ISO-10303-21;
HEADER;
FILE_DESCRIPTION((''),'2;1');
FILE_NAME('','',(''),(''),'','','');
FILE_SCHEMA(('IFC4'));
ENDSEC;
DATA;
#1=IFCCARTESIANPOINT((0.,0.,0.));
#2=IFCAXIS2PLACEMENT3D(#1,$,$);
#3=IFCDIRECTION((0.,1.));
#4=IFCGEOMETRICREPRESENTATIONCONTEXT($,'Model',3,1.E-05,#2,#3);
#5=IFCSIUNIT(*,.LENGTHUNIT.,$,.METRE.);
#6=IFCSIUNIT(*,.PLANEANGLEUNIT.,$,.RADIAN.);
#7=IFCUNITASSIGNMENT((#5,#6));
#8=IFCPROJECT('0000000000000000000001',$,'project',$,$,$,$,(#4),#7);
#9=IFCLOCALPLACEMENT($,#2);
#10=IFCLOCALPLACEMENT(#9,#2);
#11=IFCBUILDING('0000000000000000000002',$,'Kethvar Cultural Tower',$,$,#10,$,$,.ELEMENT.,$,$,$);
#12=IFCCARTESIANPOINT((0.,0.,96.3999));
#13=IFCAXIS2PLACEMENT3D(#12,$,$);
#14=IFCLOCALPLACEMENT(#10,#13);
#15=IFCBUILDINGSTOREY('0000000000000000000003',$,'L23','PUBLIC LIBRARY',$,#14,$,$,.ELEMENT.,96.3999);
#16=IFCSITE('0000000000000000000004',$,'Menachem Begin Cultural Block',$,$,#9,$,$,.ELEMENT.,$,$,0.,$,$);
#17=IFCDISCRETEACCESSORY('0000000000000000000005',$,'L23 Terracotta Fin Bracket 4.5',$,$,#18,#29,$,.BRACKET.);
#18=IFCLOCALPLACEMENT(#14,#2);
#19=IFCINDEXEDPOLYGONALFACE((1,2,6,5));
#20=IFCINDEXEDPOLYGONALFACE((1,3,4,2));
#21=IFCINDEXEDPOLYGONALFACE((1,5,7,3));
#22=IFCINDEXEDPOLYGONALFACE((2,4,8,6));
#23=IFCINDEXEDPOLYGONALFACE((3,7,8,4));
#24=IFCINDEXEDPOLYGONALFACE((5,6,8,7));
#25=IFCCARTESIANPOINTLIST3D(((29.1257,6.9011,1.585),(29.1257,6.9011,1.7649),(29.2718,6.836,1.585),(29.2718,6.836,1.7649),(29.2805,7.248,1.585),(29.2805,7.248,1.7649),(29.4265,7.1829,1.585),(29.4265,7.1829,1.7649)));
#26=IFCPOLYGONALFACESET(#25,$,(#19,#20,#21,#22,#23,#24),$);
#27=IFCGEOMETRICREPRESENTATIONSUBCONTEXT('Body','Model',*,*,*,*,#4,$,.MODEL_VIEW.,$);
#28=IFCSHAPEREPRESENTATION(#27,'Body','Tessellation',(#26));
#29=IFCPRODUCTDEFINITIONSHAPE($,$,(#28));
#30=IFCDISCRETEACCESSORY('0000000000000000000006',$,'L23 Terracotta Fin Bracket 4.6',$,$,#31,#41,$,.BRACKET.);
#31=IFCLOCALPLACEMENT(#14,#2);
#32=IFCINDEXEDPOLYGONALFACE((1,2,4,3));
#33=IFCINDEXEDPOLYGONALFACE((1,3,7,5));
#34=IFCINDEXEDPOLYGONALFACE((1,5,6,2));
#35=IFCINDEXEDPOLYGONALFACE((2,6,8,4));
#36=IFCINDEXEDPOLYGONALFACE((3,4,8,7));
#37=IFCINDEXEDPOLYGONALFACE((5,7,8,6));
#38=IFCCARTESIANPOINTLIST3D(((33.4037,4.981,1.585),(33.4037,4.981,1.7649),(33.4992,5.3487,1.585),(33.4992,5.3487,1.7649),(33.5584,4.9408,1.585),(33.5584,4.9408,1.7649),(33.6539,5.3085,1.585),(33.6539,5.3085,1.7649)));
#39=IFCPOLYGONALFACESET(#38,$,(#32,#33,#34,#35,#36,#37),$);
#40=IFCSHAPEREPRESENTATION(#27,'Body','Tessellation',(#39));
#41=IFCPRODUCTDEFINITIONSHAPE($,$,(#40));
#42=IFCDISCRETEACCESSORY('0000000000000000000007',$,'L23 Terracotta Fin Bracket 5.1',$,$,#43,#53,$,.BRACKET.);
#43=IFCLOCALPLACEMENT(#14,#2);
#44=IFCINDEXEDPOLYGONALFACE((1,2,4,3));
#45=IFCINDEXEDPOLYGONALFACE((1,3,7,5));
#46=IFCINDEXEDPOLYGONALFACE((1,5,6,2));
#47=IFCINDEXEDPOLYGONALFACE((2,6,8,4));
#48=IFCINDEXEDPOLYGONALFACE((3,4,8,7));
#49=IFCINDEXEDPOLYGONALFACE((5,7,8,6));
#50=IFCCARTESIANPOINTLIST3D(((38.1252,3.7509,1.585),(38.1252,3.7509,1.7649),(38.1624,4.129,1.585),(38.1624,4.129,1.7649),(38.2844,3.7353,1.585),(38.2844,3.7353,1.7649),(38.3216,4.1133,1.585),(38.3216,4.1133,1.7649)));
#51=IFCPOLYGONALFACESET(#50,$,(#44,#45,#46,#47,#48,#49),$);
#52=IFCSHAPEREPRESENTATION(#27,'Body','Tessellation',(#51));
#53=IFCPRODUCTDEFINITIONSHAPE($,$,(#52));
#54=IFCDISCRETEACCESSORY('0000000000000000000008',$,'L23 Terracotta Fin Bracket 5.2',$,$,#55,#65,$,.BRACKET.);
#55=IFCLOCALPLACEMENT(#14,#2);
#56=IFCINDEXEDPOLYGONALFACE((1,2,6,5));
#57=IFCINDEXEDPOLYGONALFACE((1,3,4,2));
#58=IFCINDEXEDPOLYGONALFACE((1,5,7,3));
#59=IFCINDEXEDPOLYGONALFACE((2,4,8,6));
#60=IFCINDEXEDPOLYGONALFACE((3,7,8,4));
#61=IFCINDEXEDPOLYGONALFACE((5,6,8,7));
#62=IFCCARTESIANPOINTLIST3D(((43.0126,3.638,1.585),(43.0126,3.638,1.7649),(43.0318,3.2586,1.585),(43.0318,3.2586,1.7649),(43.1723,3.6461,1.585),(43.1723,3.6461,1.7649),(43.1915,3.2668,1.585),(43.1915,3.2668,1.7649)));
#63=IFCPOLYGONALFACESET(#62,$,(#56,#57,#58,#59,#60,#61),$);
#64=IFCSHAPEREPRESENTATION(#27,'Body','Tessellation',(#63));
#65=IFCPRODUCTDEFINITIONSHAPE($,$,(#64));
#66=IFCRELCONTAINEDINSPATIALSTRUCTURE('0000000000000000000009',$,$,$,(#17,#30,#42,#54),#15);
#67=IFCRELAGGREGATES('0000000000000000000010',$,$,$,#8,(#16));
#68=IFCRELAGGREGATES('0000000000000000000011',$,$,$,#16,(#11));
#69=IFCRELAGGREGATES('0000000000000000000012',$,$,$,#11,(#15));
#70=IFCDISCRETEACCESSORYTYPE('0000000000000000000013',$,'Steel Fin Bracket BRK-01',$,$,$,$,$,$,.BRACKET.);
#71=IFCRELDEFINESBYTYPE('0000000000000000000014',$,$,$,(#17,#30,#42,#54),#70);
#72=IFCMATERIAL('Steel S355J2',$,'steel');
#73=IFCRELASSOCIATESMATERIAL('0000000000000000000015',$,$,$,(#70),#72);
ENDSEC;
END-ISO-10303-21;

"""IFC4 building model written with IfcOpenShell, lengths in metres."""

from ifc_helpers import new_model, si_unit, direction, frame, origin, origin_2d, place, context, subcontext, project, spatial, rectangle, extrude, source, transform, mapped, material, type_object, element, save


model = new_model("IFC4")

# Units and contexts
model_context = context("Model", 3, precision=1e-05, world=origin(), true_north=direction((0.0, 1.0)))
body_context = subcontext(model_context, "Body", "Model", "MODEL_VIEW")
ifc_project = project(units=[si_unit("LENGTHUNIT", "METRE"), si_unit("PLANEANGLEUNIT", "RADIAN")], contexts=[model_context])

# Site, building, storey
site_placement = place(None, origin())
site = spatial("IfcSite", under=ifc_project, at=site_placement, Name="Menachem Begin Cultural Block", CompositionType="ELEMENT", RefElevation=0.0)
building_placement = place(site_placement, origin())
building = spatial("IfcBuilding", under=site, at=building_placement, Name="Kethvar Cultural Tower", CompositionType="ELEMENT")
storey_placement = place(building_placement, frame((0.0, 0.0, 96.3999)))
storey = spatial("IfcBuildingStorey", under=building, at=storey_placement, Name="L23", Description="PUBLIC LIBRARY", CompositionType="ELEMENT", Elevation=96.3999)

# Shared definitions
ifc_material_1 = material(Name="Steel S355J2", Category="steel")

# Discrete accessories
discrete_accessory_type = type_object("IfcDiscreteAccessoryType", Name="Steel Fin Bracket BRK-01", PredefinedType="BRACKET", material=ifc_material_1)
shared_shape_1 = source(origin(), body_context, "Body", "SweptSolid", [
    extrude(rectangle(XDim=0.3799, YDim=0.1599, at=origin_2d()), origin(), (0.0, 0.0, 1.0), 0.1799),
])
for number, where, z_axis, x_axis, name in (
    (1, (29.2761, 7.042, 1.585), (0.0, 0.0, 1.0), (-0.407374, -0.913261, 0.0), "L23 Terracotta Fin Bracket 4.5"),
    (2, (33.5288, 5.1448, 1.585), (0.0, 0.0, 1.0), (-0.251394, -0.967885, 0.0), "L23 Terracotta Fin Bracket 4.6"),
    (3, (38.2234, 3.9321, 1.585), (0.0, 0.0, 1.0), (-0.09793, -0.995193, 0.0), "L23 Terracotta Fin Bracket 5.1"),
    (4, (43.1021, 3.4524, 1.585), (0.0, 0.0, 1.0), (0.050767, -0.998711, 0.0), "L23 Terracotta Fin Bracket 5.2"),
):
    element("IfcDiscreteAccessory", number, at=place(storey_placement, frame(where, z_axis=z_axis, x_axis=x_axis)), inside=storey, type_object=discrete_accessory_type, Name=name, PredefinedType="BRACKET", context=body_context, shape_type="MappedRepresentation", body=[
        mapped(shared_shape_1, transform((0.0, 0.0, 0.0), scale=1.0)),
    ])

save(model, "model.ifc")
